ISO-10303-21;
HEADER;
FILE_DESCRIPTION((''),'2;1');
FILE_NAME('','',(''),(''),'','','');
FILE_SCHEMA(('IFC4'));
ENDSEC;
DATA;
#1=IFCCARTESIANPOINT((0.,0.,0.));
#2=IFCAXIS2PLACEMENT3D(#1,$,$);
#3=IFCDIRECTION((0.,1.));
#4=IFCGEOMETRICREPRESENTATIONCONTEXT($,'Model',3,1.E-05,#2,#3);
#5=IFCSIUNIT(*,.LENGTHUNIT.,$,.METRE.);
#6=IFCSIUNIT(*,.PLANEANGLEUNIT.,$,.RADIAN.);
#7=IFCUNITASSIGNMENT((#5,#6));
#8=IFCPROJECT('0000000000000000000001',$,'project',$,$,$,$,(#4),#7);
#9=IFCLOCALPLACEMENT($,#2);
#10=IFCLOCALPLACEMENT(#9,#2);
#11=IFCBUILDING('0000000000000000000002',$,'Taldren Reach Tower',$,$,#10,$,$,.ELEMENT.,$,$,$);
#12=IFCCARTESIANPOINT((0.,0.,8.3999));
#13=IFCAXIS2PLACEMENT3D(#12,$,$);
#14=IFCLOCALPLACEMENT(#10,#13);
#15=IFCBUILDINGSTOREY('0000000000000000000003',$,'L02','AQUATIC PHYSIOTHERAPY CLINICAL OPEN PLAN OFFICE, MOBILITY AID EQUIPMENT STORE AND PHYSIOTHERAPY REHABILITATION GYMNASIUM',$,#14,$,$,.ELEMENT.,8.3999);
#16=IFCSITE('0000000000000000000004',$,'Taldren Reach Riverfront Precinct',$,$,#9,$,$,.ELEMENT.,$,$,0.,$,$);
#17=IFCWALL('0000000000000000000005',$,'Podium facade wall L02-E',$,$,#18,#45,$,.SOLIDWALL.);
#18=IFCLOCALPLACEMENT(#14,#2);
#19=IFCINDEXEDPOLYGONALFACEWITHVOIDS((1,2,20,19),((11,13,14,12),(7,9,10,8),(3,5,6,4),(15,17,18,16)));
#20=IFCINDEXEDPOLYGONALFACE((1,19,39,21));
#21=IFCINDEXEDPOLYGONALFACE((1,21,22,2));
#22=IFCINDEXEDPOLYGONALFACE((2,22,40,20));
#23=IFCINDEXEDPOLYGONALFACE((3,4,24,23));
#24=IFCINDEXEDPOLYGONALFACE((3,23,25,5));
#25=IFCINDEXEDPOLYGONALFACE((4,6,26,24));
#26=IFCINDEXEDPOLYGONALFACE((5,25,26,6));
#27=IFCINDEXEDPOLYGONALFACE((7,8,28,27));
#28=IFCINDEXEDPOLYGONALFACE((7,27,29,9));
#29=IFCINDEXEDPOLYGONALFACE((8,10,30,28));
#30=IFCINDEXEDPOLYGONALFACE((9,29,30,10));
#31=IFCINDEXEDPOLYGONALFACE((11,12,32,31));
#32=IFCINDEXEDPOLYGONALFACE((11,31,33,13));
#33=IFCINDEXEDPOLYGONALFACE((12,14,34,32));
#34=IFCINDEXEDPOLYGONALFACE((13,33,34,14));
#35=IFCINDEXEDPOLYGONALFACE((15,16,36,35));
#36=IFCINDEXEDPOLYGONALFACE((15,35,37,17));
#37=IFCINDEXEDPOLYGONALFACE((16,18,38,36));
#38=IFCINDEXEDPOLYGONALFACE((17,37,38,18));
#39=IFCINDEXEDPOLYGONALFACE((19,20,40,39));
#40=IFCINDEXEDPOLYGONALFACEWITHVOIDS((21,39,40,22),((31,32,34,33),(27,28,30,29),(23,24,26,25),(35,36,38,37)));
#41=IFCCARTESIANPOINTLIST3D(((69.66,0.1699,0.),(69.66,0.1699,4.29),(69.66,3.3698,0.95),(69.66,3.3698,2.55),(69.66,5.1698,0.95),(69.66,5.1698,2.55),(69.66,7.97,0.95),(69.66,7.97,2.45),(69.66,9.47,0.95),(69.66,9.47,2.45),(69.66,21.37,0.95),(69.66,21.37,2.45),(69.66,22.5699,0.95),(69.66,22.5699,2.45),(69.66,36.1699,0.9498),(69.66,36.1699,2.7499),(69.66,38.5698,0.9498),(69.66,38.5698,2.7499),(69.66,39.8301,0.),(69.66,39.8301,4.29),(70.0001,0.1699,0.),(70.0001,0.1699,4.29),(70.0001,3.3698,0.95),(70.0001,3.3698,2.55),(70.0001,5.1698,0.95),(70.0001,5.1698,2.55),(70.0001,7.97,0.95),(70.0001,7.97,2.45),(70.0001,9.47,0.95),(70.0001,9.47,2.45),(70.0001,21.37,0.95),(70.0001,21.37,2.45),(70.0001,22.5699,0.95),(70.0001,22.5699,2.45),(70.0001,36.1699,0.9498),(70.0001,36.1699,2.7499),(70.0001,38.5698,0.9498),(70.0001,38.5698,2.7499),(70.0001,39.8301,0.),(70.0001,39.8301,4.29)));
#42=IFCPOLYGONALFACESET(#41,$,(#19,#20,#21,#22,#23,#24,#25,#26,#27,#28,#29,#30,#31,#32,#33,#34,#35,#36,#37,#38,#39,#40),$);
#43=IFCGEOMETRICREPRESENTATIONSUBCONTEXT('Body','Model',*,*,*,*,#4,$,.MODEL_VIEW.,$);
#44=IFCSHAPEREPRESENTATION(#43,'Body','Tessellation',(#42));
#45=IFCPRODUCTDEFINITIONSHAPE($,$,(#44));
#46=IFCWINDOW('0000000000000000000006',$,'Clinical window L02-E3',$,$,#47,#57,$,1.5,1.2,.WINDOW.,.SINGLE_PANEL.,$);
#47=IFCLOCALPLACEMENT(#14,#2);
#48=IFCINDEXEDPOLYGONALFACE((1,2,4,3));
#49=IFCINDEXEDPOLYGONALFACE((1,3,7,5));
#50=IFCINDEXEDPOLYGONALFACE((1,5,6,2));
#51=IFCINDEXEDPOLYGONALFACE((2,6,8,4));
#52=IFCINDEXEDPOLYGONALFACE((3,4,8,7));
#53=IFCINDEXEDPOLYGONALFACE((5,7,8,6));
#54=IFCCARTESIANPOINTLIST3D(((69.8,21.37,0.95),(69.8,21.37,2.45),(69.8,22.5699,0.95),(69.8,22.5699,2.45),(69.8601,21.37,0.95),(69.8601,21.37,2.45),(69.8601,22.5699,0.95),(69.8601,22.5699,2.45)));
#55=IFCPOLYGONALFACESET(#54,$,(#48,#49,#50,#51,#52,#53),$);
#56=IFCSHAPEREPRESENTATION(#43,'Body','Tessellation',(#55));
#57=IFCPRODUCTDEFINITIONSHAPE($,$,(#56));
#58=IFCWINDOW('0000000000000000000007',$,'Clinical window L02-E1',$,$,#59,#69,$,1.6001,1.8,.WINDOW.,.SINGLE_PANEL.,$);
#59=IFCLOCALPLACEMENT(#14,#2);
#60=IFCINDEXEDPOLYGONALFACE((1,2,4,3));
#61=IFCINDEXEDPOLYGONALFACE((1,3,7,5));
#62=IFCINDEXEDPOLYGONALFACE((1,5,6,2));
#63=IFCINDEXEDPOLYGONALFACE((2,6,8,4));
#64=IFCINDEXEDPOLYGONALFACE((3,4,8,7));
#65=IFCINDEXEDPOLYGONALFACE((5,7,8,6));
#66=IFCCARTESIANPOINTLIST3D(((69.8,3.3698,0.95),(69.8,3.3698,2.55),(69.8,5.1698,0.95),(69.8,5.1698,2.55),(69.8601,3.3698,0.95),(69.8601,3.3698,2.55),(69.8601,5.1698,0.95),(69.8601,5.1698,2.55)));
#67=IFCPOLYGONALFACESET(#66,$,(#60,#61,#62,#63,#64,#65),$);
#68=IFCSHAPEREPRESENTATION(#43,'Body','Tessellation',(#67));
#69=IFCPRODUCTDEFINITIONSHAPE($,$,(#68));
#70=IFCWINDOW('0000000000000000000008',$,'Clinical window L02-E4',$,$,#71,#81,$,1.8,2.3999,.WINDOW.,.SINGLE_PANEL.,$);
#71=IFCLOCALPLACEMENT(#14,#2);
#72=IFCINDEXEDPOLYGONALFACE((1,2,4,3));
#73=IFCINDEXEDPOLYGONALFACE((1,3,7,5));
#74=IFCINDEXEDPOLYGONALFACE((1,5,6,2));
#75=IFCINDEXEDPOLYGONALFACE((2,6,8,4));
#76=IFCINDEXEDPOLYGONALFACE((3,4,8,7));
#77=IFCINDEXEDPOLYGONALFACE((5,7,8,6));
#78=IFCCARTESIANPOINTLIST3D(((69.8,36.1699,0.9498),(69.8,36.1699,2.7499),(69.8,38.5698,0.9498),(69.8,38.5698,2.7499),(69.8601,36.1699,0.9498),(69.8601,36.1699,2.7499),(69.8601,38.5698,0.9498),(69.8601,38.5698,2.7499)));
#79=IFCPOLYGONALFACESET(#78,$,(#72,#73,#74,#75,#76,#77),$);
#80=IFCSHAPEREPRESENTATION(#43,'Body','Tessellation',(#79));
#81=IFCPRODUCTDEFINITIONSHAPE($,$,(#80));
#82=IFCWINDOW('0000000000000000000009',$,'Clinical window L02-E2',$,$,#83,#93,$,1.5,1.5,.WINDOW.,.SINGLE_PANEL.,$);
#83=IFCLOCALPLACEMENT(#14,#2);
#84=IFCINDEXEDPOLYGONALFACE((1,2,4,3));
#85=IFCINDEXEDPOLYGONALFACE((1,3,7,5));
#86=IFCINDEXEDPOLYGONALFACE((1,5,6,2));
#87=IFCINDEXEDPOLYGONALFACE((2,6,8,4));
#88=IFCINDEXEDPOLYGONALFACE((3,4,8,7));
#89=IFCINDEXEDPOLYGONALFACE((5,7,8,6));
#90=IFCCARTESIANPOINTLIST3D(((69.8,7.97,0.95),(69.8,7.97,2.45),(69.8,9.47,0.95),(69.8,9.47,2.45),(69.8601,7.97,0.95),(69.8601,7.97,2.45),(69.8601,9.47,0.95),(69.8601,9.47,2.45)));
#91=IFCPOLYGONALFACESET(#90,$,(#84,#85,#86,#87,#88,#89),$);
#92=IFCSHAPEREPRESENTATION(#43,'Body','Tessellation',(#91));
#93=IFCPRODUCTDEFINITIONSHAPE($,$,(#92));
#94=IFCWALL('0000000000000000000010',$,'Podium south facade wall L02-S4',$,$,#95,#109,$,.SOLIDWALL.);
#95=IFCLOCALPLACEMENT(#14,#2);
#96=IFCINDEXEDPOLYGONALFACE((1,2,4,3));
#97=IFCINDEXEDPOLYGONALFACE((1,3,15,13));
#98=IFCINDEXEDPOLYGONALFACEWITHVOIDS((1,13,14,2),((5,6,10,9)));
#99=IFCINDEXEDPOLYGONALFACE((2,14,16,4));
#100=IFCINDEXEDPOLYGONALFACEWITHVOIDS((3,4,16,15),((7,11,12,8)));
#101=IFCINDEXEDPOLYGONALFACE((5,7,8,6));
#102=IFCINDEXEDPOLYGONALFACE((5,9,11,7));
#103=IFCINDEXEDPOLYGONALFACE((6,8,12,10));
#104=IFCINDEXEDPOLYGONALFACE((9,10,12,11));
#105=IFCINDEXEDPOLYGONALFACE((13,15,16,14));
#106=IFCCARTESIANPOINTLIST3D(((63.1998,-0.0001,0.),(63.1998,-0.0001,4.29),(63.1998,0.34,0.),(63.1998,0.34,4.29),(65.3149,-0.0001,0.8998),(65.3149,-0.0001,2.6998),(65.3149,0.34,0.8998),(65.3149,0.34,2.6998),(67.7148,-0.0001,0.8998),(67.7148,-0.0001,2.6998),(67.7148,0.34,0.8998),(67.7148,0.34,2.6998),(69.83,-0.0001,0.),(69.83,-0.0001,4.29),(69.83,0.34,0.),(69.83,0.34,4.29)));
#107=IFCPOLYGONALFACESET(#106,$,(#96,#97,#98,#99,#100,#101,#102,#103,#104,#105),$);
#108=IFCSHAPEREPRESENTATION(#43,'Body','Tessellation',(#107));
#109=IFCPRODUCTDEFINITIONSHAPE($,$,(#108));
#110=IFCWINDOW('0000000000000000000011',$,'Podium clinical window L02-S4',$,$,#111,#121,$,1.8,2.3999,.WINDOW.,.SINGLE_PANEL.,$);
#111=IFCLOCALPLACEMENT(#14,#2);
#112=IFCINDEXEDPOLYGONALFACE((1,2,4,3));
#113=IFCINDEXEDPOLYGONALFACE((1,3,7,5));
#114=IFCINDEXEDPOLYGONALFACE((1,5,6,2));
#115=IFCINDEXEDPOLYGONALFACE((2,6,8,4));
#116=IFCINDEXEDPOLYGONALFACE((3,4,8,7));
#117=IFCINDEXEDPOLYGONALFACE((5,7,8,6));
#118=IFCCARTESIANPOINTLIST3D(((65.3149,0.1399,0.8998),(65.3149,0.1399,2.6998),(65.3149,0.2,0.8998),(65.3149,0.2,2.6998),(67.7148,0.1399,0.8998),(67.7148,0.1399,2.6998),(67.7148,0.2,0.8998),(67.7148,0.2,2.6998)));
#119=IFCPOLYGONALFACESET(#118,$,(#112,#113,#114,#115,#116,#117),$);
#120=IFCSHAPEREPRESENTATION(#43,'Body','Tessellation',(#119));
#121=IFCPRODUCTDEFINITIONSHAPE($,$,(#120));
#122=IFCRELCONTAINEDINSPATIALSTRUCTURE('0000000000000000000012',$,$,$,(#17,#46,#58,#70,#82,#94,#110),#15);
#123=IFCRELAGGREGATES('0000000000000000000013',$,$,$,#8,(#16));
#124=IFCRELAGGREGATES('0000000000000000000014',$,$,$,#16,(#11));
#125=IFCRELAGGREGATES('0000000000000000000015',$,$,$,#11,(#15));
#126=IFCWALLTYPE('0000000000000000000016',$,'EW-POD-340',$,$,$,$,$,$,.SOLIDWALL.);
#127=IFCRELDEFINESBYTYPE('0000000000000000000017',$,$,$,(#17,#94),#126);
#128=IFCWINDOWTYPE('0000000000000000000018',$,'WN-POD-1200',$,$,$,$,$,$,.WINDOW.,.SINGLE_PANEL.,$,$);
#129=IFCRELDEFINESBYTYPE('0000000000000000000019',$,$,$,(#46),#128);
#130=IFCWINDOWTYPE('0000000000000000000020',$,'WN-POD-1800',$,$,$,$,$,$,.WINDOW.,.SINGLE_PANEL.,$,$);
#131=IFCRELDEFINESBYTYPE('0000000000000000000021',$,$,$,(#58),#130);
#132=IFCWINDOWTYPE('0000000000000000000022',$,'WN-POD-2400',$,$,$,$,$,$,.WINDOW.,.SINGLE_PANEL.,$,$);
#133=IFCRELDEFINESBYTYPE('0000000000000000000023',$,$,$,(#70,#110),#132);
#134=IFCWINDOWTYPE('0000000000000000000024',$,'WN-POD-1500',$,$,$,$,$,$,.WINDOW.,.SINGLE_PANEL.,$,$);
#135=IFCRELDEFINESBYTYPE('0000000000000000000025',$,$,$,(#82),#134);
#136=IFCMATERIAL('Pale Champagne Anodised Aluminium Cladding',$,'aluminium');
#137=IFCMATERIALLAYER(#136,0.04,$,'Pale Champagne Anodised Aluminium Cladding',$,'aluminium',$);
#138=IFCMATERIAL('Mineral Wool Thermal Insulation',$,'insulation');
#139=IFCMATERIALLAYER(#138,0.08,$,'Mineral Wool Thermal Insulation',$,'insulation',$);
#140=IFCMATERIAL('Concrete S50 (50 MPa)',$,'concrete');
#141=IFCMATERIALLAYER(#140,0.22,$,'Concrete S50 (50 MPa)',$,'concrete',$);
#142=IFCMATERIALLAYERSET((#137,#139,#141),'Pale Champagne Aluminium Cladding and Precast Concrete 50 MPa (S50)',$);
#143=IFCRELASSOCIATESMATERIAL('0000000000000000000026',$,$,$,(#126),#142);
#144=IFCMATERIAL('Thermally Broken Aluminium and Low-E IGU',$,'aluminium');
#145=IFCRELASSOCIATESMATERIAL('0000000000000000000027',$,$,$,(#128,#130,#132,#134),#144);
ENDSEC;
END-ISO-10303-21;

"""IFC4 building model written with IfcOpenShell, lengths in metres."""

from ifc_helpers import new_model, si_unit, direction, frame, frame_2d, origin, place, context, subcontext, project, spatial, rectangle, extrude, source, transform, mapped, material, layer, layer_set, type_object, element, fill, save


model = new_model("IFC4")

# Units and contexts
model_context = context("Model", 3, precision=1e-05, world=origin(), true_north=direction((0.0, 1.0)))
body_context = subcontext(model_context, "Body", "Model", "MODEL_VIEW")
ifc_project = project(units=[si_unit("LENGTHUNIT", "METRE"), si_unit("PLANEANGLEUNIT", "RADIAN")], contexts=[model_context])

# Site, building, storey
site_placement = place(None, origin())
site = spatial("IfcSite", under=ifc_project, at=site_placement, Name="Taldren Reach Riverfront Precinct", CompositionType="ELEMENT", RefElevation=0.0)
building_placement = place(site_placement, origin())
building = spatial("IfcBuilding", under=site, at=building_placement, Name="Taldren Reach Tower", CompositionType="ELEMENT")
storey_placement = place(building_placement, frame((0.0, 0.0, 8.3999)))
storey = spatial("IfcBuildingStorey", under=building, at=storey_placement, Name="L02", Description="AQUATIC PHYSIOTHERAPY CLINICAL OPEN PLAN OFFICE, MOBILITY AID EQUIPMENT STORE AND PHYSIOTHERAPY REHABILITATION GYMNASIUM", CompositionType="ELEMENT", Elevation=8.3999)

# Wall, openings, windows
ifc_material_1 = material(Name="Pale Champagne Anodised Aluminium Cladding", Category="aluminium")
ifc_layer_1 = layer(ifc_material_1, 0.04, Name="Pale Champagne Anodised Aluminium Cladding", Category="aluminium")
ifc_material_2 = material(Name="Mineral Wool Thermal Insulation", Category="insulation")
ifc_layer_2 = layer(ifc_material_2, 0.08, Name="Mineral Wool Thermal Insulation", Category="insulation")
ifc_material_3 = material(Name="Concrete S50 (50 MPa)", Category="concrete")
ifc_layer_3 = layer(ifc_material_3, 0.22, Name="Concrete S50 (50 MPa)", Category="concrete")
ifc_layer_set_1 = layer_set([ifc_layer_1, ifc_layer_2, ifc_layer_3], Name="Pale Champagne Aluminium Cladding and Precast Concrete 50 MPa (S50)")
wall_type = type_object("IfcWallType", Name="EW-POD-340", PredefinedType="SOLIDWALL", material=ifc_layer_set_1)
shared_shape_1 = source(origin(), body_context, "Body", "SweptSolid", [
    extrude(rectangle(XDim=39.6602, YDim=0.3401, at=frame_2d((19.8301, 0.0))), origin(), (0.0, 0.0, 1.0), 4.29),
])
wall_1_placement = place(storey_placement, frame((69.8301, 0.1699, 0.0), z_axis=(0.0, 0.0, 1.0), x_axis=(0.0, 1.0, 0.0)))
wall_1 = element("IfcWall", 1, at=wall_1_placement, inside=storey, type_object=wall_type, Name="Podium facade wall L02-E", PredefinedType="SOLIDWALL", context=body_context, shape_type="MappedRepresentation", body=[
    mapped(shared_shape_1, transform((0.0, 0.0, 0.0), scale=1.0)),
])
shared_shape_2 = source(origin(), body_context, "Body", "SweptSolid", [
    extrude(rectangle(XDim=1.8, YDim=1.6001, at=frame_2d((0.8999, 0.8))), frame((0.0, 0.1802, 0.0), z_axis=(0.0, -1.0, 0.0), x_axis=(1.0, 0.0, 0.0)), (0.0, 0.0, 1.0), 0.3601),
])
opening_1_placement = place(wall_1_placement, frame((3.2, 0.0, 0.95)))
opening_1 = element("IfcOpeningElement", 2, at=opening_1_placement, cuts=wall_1, PredefinedType="OPENING", context=body_context, shape_type="MappedRepresentation", body=[
    mapped(shared_shape_2, transform((0.0, 0.0, 0.0), scale=1.0)),
])
shared_shape_3 = source(origin(), body_context, "Body", "SweptSolid", [
    extrude(rectangle(XDim=1.5, YDim=1.5, at=frame_2d((0.75, 0.75))), frame((0.0, 0.1802, 0.0), z_axis=(0.0, -1.0, 0.0), x_axis=(1.0, 0.0, 0.0)), (0.0, 0.0, 1.0), 0.3601),
])
opening_2_placement = place(wall_1_placement, frame((7.8, 0.0, 0.95)))
opening_2 = element("IfcOpeningElement", 3, at=opening_2_placement, cuts=wall_1, PredefinedType="OPENING", context=body_context, shape_type="MappedRepresentation", body=[
    mapped(shared_shape_3, transform((0.0, 0.0, 0.0), scale=1.0)),
])
shared_shape_4 = source(origin(), body_context, "Body", "SweptSolid", [
    extrude(rectangle(XDim=1.2, YDim=1.5, at=frame_2d((0.6001, 0.75))), frame((0.0, 0.1802, 0.0), z_axis=(0.0, -1.0, 0.0), x_axis=(1.0, 0.0, 0.0)), (0.0, 0.0, 1.0), 0.3601),
])
opening_3_placement = place(wall_1_placement, frame((21.2, 0.0, 0.95)))
opening_3 = element("IfcOpeningElement", 4, at=opening_3_placement, cuts=wall_1, PredefinedType="OPENING", context=body_context, shape_type="MappedRepresentation", body=[
    mapped(shared_shape_4, transform((0.0, 0.0, 0.0), scale=1.0)),
])
shared_shape_5 = source(origin(), body_context, "Body", "SweptSolid", [
    extrude(rectangle(XDim=2.3999, YDim=1.8, at=frame_2d((1.2, 0.8999))), frame((0.0, 0.1802, 0.0), z_axis=(0.0, -1.0, 0.0), x_axis=(1.0, 0.0, 0.0)), (0.0, 0.0, 1.0), 0.3601),
])
opening_4_placement = place(wall_1_placement, frame((36.0, 0.0, 0.95)))
opening_4 = element("IfcOpeningElement", 5, at=opening_4_placement, cuts=wall_1, PredefinedType="OPENING", context=body_context, shape_type="MappedRepresentation", body=[
    mapped(shared_shape_5, transform((0.0, 0.0, 0.0), scale=1.0)),
])
ifc_material_4 = material(Name="Thermally Broken Aluminium and Low-E IGU", Category="aluminium")
window_type_1 = type_object("IfcWindowType", Name="WN-POD-1200", PartitioningType="SINGLE_PANEL", PredefinedType="WINDOW", material=ifc_material_4)
shared_shape_6 = source(origin(), body_context, "Body", "SweptSolid", [
    extrude(rectangle(XDim=1.2, YDim=1.5, at=frame_2d((0.6001, 0.75))), frame((0.0, 0.03, 0.0), z_axis=(0.0, -1.0, 0.0), x_axis=(1.0, 0.0, 0.0)), (0.0, 0.0, 1.0), 0.0601),
])
window_1_placement = place(opening_3_placement, origin())
window_1 = element("IfcWindow", 6, at=window_1_placement, inside=storey, type_object=window_type_1, Name="Clinical window L02-E3", OverallHeight=1.5, OverallWidth=1.2, PartitioningType="SINGLE_PANEL", PredefinedType="WINDOW", context=body_context, shape_type="MappedRepresentation", body=[
    mapped(shared_shape_6, transform((0.0, 0.0, 0.0), scale=1.0)),
])
fill(opening_3, window_1)
window_type_2 = type_object("IfcWindowType", Name="WN-POD-1800", PartitioningType="SINGLE_PANEL", PredefinedType="WINDOW", material=ifc_material_4)
shared_shape_7 = source(origin(), body_context, "Body", "SweptSolid", [
    extrude(rectangle(XDim=1.8, YDim=1.6001, at=frame_2d((0.8999, 0.8))), frame((0.0, 0.03, 0.0), z_axis=(0.0, -1.0, 0.0), x_axis=(1.0, 0.0, 0.0)), (0.0, 0.0, 1.0), 0.0601),
])
window_2_placement = place(opening_1_placement, origin())
window_2 = element("IfcWindow", 7, at=window_2_placement, inside=storey, type_object=window_type_2, Name="Clinical window L02-E1", OverallHeight=1.6001, OverallWidth=1.8, PartitioningType="SINGLE_PANEL", PredefinedType="WINDOW", context=body_context, shape_type="MappedRepresentation", body=[
    mapped(shared_shape_7, transform((0.0, 0.0, 0.0), scale=1.0)),
])
fill(opening_1, window_2)
window_type_3 = type_object("IfcWindowType", Name="WN-POD-2400", PartitioningType="SINGLE_PANEL", PredefinedType="WINDOW", material=ifc_material_4)
shared_shape_8 = source(origin(), body_context, "Body", "SweptSolid", [
    extrude(rectangle(XDim=2.3999, YDim=1.8, at=frame_2d((1.2, 0.8999))), frame((0.0, 0.03, 0.0), z_axis=(0.0, -1.0, 0.0), x_axis=(1.0, 0.0, 0.0)), (0.0, 0.0, 1.0), 0.0601),
])
window_3_placement = place(opening_4_placement, origin())
window_3 = element("IfcWindow", 8, at=window_3_placement, inside=storey, type_object=window_type_3, Name="Clinical window L02-E4", OverallHeight=1.8, OverallWidth=2.3999, PartitioningType="SINGLE_PANEL", PredefinedType="WINDOW", context=body_context, shape_type="MappedRepresentation", body=[
    mapped(shared_shape_8, transform((0.0, 0.0, 0.0), scale=1.0)),
])
fill(opening_4, window_3)
window_type_4 = type_object("IfcWindowType", Name="WN-POD-1500", PartitioningType="SINGLE_PANEL", PredefinedType="WINDOW", material=ifc_material_4)
shared_shape_9 = source(origin(), body_context, "Body", "SweptSolid", [
    extrude(rectangle(XDim=1.5, YDim=1.5, at=frame_2d((0.75, 0.75))), frame((0.0, 0.03, 0.0), z_axis=(0.0, -1.0, 0.0), x_axis=(1.0, 0.0, 0.0)), (0.0, 0.0, 1.0), 0.0601),
])
window_4_placement = place(opening_2_placement, origin())
window_4 = element("IfcWindow", 9, at=window_4_placement, inside=storey, type_object=window_type_4, Name="Clinical window L02-E2", OverallHeight=1.5, OverallWidth=1.5, PartitioningType="SINGLE_PANEL", PredefinedType="WINDOW", context=body_context, shape_type="MappedRepresentation", body=[
    mapped(shared_shape_9, transform((0.0, 0.0, 0.0), scale=1.0)),
])
fill(opening_2, window_4)

# Wall, opening, window
shared_shape_10 = source(origin(), body_context, "Body", "SweptSolid", [
    extrude(rectangle(XDim=6.6301, YDim=0.3401, at=frame_2d((3.3149, 0.0))), origin(), (0.0, 0.0, 1.0), 4.29),
])
wall_2_placement = place(storey_placement, frame((63.2, 0.1699, 0.0), z_axis=(0.0, 0.0, 1.0), x_axis=(1.0, 0.0, 0.0)))
wall_2 = element("IfcWall", 10, at=wall_2_placement, inside=storey, type_object=wall_type, Name="Podium south facade wall L02-S4", PredefinedType="SOLIDWALL", context=body_context, shape_type="MappedRepresentation", body=[
    mapped(shared_shape_10, transform((0.0, 0.0, 0.0), scale=1.0)),
])
opening_5_placement = place(wall_2_placement, frame((2.115, 0.0, 0.8999)))
opening_5 = element("IfcOpeningElement", 11, at=opening_5_placement, cuts=wall_2, PredefinedType="OPENING", context=body_context, shape_type="MappedRepresentation", body=[
    mapped(shared_shape_5, transform((0.0, 0.0, 0.0), scale=1.0)),
])
window_5_placement = place(opening_5_placement, origin())
window_5 = element("IfcWindow", 12, at=window_5_placement, inside=storey, type_object=window_type_3, Name="Podium clinical window L02-S4", OverallHeight=1.8, OverallWidth=2.3999, PartitioningType="SINGLE_PANEL", PredefinedType="WINDOW", context=body_context, shape_type="MappedRepresentation", body=[
    mapped(shared_shape_8, transform((0.0, 0.0, 0.0), scale=1.0)),
])
fill(opening_5, window_5)

save(model, "model.ifc")
